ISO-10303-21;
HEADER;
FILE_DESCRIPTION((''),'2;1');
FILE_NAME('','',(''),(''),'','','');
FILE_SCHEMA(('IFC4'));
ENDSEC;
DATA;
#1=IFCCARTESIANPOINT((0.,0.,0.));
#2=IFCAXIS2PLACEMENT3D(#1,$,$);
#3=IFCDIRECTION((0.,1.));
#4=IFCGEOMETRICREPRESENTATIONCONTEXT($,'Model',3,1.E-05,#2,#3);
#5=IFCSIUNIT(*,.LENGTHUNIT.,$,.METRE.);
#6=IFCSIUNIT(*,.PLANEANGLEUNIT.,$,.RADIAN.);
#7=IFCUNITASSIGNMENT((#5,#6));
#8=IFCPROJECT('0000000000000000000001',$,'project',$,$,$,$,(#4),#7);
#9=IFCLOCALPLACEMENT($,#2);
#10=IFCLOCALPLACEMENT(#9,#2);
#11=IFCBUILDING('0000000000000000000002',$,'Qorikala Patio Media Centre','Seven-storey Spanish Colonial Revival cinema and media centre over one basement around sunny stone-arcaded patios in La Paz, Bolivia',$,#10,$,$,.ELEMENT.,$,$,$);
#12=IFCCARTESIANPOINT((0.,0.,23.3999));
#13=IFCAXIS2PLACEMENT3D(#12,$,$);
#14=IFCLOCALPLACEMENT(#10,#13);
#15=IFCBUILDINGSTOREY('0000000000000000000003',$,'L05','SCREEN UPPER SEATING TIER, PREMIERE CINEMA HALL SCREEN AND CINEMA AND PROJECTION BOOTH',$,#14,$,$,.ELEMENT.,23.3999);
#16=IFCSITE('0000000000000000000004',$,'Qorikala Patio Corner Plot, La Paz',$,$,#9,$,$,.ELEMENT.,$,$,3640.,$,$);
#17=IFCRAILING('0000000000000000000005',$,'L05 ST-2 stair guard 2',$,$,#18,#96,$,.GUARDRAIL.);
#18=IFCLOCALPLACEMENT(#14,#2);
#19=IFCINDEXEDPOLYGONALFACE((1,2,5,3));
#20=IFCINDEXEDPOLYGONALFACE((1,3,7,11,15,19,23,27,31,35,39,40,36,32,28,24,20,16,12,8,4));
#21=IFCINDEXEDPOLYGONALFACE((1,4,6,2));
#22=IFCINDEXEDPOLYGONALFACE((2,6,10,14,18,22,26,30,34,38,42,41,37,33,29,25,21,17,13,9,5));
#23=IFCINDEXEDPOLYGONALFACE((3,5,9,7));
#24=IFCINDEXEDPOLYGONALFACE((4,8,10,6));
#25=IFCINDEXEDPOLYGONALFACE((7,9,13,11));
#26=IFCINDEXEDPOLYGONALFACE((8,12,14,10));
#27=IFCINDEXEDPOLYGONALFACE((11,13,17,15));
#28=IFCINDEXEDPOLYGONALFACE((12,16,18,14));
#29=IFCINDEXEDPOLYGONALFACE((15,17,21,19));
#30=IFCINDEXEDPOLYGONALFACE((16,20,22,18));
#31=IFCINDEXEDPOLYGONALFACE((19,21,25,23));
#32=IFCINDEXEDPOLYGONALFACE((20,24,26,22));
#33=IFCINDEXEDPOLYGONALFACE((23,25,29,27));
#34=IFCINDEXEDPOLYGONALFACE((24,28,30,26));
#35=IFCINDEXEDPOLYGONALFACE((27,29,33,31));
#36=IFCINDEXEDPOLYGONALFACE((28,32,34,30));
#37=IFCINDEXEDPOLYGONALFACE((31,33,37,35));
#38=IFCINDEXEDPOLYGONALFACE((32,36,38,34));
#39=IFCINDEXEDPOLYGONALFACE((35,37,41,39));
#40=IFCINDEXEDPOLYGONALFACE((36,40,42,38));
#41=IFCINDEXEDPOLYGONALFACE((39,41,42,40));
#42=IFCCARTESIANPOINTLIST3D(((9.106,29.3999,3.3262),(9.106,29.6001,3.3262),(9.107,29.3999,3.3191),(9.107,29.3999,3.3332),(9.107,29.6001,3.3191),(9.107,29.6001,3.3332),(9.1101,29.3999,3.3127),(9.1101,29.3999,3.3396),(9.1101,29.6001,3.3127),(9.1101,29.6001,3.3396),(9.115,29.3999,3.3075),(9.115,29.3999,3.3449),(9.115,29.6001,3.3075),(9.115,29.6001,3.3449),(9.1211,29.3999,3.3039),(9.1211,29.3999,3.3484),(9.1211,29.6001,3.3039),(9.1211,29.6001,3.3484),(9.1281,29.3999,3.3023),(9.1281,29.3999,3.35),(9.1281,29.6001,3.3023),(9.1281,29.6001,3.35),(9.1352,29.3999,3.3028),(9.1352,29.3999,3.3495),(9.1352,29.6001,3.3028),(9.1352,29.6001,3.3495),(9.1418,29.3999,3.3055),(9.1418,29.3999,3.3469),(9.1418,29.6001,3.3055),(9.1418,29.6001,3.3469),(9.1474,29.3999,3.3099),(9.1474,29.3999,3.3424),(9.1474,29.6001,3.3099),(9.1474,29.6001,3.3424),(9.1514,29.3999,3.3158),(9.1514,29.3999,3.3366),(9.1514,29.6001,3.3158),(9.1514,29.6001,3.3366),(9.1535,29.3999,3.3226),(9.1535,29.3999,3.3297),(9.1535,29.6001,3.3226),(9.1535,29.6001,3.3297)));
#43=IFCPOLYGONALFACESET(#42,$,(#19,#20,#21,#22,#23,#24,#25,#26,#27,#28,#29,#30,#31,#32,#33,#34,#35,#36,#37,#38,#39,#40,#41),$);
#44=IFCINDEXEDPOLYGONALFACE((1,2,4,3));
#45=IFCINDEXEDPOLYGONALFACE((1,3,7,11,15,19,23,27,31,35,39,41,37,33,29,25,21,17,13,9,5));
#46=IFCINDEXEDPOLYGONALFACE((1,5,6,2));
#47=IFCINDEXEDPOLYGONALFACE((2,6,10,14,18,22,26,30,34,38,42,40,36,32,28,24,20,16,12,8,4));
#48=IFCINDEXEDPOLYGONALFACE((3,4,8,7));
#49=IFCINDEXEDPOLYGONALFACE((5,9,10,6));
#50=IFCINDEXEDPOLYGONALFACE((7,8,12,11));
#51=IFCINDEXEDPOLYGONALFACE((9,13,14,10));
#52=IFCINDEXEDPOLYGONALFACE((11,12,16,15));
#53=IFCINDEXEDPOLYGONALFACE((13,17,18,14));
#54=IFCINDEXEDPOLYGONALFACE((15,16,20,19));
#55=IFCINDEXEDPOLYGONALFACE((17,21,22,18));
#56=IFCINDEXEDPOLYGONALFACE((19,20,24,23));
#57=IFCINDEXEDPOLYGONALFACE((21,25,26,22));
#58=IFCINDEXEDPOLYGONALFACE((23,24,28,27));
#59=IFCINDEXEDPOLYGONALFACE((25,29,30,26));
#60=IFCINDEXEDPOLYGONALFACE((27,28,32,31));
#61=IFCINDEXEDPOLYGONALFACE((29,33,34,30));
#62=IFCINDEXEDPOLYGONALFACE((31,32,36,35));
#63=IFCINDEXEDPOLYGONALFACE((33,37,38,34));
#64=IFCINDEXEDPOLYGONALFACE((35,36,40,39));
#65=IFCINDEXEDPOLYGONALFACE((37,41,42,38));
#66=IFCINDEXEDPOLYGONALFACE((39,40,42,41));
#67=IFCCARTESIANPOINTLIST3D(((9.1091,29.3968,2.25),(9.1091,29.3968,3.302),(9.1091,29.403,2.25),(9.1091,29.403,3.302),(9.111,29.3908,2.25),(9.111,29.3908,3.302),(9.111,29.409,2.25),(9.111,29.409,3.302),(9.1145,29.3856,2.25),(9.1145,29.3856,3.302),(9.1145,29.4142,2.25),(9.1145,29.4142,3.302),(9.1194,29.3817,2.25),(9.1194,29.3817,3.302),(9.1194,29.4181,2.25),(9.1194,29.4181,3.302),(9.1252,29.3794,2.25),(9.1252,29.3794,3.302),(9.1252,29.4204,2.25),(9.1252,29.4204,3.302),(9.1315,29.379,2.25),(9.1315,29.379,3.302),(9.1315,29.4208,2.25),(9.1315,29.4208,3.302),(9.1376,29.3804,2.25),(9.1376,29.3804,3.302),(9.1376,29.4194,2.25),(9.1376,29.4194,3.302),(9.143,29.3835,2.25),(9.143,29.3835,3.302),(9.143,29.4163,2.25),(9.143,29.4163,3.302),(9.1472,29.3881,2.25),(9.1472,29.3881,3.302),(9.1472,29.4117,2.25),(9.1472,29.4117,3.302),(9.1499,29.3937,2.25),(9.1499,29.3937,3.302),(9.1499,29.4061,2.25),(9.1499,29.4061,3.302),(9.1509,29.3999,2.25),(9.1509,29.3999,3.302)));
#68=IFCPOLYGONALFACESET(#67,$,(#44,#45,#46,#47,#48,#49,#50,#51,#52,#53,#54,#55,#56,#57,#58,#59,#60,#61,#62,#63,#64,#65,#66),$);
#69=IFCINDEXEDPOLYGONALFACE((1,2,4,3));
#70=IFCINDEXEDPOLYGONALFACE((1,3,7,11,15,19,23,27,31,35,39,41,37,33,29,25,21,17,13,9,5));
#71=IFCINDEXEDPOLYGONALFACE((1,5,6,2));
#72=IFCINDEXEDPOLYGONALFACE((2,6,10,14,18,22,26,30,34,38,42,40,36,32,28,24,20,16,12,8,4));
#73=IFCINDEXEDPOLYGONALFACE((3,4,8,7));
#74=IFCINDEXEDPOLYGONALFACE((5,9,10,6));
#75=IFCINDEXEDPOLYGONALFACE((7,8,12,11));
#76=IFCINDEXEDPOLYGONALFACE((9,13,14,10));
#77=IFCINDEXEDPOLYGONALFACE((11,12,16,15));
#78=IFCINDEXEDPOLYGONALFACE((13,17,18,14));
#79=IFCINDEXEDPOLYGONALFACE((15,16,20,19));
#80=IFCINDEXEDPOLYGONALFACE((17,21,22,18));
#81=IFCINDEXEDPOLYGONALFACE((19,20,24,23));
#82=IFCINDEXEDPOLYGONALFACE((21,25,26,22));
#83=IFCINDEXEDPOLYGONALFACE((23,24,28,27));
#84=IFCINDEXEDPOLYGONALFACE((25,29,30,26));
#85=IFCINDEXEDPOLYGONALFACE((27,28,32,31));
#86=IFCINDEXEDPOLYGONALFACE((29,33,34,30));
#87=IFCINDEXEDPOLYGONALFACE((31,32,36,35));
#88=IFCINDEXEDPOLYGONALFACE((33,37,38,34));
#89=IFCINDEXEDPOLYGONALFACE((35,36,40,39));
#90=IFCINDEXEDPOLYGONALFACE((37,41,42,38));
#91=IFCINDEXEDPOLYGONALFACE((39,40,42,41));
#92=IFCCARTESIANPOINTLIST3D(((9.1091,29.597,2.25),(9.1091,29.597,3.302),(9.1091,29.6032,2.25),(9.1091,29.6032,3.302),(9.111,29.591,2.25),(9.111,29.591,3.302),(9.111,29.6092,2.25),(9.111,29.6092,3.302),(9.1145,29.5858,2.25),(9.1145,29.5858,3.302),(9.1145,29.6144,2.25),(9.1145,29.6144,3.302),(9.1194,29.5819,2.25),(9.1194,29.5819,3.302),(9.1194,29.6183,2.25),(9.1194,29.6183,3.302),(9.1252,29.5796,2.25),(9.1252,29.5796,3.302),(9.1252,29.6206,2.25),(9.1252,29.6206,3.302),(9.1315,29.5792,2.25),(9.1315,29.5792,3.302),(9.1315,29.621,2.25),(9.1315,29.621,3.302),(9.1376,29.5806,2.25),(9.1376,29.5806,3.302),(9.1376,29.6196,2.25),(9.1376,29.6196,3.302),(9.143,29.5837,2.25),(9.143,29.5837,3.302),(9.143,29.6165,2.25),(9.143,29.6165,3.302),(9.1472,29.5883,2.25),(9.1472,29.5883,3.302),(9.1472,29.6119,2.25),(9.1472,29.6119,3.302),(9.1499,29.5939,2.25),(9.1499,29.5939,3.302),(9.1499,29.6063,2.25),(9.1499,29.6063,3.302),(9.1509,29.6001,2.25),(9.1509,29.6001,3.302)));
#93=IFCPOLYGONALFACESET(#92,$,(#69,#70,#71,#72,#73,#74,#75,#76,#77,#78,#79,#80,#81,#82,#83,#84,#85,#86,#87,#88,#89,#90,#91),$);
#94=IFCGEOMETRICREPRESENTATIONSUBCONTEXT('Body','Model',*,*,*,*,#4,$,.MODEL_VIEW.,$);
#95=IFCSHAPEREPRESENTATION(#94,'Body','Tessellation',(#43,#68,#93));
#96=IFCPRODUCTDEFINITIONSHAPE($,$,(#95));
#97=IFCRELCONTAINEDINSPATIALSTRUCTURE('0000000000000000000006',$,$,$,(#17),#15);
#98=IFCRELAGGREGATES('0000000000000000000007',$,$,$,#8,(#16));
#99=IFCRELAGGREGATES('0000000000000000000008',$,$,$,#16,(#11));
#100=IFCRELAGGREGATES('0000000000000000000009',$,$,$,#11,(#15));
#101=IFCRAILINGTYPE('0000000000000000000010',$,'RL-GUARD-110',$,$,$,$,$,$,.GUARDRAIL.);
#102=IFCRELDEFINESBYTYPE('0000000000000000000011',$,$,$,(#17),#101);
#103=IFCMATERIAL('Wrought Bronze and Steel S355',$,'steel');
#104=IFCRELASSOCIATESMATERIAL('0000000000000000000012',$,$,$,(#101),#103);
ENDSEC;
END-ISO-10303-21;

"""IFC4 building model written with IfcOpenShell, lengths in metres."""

from ifc_helpers import new_model, si_unit, direction, frame, origin, origin_2d, place, context, subcontext, project, spatial, circle, extrude, material, type_object, element, save


model = new_model("IFC4")

# Units and contexts
model_context = context("Model", 3, precision=1e-05, world=origin(), true_north=direction((0.0, 1.0)))
body_context = subcontext(model_context, "Body", "Model", "MODEL_VIEW")
ifc_project = project(units=[si_unit("LENGTHUNIT", "METRE"), si_unit("PLANEANGLEUNIT", "RADIAN")], contexts=[model_context])

# Site, building, storey
site_placement = place(None, origin())
site = spatial("IfcSite", under=ifc_project, at=site_placement, Name="Qorikala Patio Corner Plot, La Paz", CompositionType="ELEMENT", RefElevation=3640.0)
building_placement = place(site_placement, origin())
building = spatial("IfcBuilding", under=site, at=building_placement, Name="Qorikala Patio Media Centre", Description="Seven-storey Spanish Colonial Revival cinema and media centre over one basement around sunny stone-arcaded patios in La Paz, Bolivia", CompositionType="ELEMENT")
storey_placement = place(building_placement, frame((0.0, 0.0, 23.3999)))
storey = spatial("IfcBuildingStorey", under=building, at=storey_placement, Name="L05", Description="SCREEN UPPER SEATING TIER, PREMIERE CINEMA HALL SCREEN AND CINEMA AND PROJECTION BOOTH", CompositionType="ELEMENT", Elevation=23.3999)

# Railing
ifc_material_1 = material(Name="Wrought Bronze and Steel S355", Category="steel")
railing_type_1 = type_object("IfcRailingType", Name="RL-GUARD-110", PredefinedType="GUARDRAIL", material=ifc_material_1)
railing_1_placement = place(storey_placement, frame((9.1299, 29.3999, 2.25)))
element("IfcRailing", 1, at=railing_1_placement, inside=storey, type_object=railing_type_1, Name="L05 ST-2 stair guard 2", PredefinedType="GUARDRAIL", context=body_context, shape_type="SweptSolid", body=[
    extrude(circle(Radius=0.0239, at=origin_2d()), frame((0.0, 0.0, 1.0762), z_axis=(0.0, 1.0, 0.0), x_axis=(-1.0, 0.0, 0.0)), (0.0, 0.0, 1.0), 0.2002),
    extrude(circle(Radius=0.021, at=origin_2d()), origin(), (0.0, 0.0, 1.0), 1.052),
    extrude(circle(Radius=0.021, at=origin_2d()), frame((0.0, 0.2002, 0.0)), (0.0, 0.0, 1.0), 1.052),
])

save(model, "model.ifc")
